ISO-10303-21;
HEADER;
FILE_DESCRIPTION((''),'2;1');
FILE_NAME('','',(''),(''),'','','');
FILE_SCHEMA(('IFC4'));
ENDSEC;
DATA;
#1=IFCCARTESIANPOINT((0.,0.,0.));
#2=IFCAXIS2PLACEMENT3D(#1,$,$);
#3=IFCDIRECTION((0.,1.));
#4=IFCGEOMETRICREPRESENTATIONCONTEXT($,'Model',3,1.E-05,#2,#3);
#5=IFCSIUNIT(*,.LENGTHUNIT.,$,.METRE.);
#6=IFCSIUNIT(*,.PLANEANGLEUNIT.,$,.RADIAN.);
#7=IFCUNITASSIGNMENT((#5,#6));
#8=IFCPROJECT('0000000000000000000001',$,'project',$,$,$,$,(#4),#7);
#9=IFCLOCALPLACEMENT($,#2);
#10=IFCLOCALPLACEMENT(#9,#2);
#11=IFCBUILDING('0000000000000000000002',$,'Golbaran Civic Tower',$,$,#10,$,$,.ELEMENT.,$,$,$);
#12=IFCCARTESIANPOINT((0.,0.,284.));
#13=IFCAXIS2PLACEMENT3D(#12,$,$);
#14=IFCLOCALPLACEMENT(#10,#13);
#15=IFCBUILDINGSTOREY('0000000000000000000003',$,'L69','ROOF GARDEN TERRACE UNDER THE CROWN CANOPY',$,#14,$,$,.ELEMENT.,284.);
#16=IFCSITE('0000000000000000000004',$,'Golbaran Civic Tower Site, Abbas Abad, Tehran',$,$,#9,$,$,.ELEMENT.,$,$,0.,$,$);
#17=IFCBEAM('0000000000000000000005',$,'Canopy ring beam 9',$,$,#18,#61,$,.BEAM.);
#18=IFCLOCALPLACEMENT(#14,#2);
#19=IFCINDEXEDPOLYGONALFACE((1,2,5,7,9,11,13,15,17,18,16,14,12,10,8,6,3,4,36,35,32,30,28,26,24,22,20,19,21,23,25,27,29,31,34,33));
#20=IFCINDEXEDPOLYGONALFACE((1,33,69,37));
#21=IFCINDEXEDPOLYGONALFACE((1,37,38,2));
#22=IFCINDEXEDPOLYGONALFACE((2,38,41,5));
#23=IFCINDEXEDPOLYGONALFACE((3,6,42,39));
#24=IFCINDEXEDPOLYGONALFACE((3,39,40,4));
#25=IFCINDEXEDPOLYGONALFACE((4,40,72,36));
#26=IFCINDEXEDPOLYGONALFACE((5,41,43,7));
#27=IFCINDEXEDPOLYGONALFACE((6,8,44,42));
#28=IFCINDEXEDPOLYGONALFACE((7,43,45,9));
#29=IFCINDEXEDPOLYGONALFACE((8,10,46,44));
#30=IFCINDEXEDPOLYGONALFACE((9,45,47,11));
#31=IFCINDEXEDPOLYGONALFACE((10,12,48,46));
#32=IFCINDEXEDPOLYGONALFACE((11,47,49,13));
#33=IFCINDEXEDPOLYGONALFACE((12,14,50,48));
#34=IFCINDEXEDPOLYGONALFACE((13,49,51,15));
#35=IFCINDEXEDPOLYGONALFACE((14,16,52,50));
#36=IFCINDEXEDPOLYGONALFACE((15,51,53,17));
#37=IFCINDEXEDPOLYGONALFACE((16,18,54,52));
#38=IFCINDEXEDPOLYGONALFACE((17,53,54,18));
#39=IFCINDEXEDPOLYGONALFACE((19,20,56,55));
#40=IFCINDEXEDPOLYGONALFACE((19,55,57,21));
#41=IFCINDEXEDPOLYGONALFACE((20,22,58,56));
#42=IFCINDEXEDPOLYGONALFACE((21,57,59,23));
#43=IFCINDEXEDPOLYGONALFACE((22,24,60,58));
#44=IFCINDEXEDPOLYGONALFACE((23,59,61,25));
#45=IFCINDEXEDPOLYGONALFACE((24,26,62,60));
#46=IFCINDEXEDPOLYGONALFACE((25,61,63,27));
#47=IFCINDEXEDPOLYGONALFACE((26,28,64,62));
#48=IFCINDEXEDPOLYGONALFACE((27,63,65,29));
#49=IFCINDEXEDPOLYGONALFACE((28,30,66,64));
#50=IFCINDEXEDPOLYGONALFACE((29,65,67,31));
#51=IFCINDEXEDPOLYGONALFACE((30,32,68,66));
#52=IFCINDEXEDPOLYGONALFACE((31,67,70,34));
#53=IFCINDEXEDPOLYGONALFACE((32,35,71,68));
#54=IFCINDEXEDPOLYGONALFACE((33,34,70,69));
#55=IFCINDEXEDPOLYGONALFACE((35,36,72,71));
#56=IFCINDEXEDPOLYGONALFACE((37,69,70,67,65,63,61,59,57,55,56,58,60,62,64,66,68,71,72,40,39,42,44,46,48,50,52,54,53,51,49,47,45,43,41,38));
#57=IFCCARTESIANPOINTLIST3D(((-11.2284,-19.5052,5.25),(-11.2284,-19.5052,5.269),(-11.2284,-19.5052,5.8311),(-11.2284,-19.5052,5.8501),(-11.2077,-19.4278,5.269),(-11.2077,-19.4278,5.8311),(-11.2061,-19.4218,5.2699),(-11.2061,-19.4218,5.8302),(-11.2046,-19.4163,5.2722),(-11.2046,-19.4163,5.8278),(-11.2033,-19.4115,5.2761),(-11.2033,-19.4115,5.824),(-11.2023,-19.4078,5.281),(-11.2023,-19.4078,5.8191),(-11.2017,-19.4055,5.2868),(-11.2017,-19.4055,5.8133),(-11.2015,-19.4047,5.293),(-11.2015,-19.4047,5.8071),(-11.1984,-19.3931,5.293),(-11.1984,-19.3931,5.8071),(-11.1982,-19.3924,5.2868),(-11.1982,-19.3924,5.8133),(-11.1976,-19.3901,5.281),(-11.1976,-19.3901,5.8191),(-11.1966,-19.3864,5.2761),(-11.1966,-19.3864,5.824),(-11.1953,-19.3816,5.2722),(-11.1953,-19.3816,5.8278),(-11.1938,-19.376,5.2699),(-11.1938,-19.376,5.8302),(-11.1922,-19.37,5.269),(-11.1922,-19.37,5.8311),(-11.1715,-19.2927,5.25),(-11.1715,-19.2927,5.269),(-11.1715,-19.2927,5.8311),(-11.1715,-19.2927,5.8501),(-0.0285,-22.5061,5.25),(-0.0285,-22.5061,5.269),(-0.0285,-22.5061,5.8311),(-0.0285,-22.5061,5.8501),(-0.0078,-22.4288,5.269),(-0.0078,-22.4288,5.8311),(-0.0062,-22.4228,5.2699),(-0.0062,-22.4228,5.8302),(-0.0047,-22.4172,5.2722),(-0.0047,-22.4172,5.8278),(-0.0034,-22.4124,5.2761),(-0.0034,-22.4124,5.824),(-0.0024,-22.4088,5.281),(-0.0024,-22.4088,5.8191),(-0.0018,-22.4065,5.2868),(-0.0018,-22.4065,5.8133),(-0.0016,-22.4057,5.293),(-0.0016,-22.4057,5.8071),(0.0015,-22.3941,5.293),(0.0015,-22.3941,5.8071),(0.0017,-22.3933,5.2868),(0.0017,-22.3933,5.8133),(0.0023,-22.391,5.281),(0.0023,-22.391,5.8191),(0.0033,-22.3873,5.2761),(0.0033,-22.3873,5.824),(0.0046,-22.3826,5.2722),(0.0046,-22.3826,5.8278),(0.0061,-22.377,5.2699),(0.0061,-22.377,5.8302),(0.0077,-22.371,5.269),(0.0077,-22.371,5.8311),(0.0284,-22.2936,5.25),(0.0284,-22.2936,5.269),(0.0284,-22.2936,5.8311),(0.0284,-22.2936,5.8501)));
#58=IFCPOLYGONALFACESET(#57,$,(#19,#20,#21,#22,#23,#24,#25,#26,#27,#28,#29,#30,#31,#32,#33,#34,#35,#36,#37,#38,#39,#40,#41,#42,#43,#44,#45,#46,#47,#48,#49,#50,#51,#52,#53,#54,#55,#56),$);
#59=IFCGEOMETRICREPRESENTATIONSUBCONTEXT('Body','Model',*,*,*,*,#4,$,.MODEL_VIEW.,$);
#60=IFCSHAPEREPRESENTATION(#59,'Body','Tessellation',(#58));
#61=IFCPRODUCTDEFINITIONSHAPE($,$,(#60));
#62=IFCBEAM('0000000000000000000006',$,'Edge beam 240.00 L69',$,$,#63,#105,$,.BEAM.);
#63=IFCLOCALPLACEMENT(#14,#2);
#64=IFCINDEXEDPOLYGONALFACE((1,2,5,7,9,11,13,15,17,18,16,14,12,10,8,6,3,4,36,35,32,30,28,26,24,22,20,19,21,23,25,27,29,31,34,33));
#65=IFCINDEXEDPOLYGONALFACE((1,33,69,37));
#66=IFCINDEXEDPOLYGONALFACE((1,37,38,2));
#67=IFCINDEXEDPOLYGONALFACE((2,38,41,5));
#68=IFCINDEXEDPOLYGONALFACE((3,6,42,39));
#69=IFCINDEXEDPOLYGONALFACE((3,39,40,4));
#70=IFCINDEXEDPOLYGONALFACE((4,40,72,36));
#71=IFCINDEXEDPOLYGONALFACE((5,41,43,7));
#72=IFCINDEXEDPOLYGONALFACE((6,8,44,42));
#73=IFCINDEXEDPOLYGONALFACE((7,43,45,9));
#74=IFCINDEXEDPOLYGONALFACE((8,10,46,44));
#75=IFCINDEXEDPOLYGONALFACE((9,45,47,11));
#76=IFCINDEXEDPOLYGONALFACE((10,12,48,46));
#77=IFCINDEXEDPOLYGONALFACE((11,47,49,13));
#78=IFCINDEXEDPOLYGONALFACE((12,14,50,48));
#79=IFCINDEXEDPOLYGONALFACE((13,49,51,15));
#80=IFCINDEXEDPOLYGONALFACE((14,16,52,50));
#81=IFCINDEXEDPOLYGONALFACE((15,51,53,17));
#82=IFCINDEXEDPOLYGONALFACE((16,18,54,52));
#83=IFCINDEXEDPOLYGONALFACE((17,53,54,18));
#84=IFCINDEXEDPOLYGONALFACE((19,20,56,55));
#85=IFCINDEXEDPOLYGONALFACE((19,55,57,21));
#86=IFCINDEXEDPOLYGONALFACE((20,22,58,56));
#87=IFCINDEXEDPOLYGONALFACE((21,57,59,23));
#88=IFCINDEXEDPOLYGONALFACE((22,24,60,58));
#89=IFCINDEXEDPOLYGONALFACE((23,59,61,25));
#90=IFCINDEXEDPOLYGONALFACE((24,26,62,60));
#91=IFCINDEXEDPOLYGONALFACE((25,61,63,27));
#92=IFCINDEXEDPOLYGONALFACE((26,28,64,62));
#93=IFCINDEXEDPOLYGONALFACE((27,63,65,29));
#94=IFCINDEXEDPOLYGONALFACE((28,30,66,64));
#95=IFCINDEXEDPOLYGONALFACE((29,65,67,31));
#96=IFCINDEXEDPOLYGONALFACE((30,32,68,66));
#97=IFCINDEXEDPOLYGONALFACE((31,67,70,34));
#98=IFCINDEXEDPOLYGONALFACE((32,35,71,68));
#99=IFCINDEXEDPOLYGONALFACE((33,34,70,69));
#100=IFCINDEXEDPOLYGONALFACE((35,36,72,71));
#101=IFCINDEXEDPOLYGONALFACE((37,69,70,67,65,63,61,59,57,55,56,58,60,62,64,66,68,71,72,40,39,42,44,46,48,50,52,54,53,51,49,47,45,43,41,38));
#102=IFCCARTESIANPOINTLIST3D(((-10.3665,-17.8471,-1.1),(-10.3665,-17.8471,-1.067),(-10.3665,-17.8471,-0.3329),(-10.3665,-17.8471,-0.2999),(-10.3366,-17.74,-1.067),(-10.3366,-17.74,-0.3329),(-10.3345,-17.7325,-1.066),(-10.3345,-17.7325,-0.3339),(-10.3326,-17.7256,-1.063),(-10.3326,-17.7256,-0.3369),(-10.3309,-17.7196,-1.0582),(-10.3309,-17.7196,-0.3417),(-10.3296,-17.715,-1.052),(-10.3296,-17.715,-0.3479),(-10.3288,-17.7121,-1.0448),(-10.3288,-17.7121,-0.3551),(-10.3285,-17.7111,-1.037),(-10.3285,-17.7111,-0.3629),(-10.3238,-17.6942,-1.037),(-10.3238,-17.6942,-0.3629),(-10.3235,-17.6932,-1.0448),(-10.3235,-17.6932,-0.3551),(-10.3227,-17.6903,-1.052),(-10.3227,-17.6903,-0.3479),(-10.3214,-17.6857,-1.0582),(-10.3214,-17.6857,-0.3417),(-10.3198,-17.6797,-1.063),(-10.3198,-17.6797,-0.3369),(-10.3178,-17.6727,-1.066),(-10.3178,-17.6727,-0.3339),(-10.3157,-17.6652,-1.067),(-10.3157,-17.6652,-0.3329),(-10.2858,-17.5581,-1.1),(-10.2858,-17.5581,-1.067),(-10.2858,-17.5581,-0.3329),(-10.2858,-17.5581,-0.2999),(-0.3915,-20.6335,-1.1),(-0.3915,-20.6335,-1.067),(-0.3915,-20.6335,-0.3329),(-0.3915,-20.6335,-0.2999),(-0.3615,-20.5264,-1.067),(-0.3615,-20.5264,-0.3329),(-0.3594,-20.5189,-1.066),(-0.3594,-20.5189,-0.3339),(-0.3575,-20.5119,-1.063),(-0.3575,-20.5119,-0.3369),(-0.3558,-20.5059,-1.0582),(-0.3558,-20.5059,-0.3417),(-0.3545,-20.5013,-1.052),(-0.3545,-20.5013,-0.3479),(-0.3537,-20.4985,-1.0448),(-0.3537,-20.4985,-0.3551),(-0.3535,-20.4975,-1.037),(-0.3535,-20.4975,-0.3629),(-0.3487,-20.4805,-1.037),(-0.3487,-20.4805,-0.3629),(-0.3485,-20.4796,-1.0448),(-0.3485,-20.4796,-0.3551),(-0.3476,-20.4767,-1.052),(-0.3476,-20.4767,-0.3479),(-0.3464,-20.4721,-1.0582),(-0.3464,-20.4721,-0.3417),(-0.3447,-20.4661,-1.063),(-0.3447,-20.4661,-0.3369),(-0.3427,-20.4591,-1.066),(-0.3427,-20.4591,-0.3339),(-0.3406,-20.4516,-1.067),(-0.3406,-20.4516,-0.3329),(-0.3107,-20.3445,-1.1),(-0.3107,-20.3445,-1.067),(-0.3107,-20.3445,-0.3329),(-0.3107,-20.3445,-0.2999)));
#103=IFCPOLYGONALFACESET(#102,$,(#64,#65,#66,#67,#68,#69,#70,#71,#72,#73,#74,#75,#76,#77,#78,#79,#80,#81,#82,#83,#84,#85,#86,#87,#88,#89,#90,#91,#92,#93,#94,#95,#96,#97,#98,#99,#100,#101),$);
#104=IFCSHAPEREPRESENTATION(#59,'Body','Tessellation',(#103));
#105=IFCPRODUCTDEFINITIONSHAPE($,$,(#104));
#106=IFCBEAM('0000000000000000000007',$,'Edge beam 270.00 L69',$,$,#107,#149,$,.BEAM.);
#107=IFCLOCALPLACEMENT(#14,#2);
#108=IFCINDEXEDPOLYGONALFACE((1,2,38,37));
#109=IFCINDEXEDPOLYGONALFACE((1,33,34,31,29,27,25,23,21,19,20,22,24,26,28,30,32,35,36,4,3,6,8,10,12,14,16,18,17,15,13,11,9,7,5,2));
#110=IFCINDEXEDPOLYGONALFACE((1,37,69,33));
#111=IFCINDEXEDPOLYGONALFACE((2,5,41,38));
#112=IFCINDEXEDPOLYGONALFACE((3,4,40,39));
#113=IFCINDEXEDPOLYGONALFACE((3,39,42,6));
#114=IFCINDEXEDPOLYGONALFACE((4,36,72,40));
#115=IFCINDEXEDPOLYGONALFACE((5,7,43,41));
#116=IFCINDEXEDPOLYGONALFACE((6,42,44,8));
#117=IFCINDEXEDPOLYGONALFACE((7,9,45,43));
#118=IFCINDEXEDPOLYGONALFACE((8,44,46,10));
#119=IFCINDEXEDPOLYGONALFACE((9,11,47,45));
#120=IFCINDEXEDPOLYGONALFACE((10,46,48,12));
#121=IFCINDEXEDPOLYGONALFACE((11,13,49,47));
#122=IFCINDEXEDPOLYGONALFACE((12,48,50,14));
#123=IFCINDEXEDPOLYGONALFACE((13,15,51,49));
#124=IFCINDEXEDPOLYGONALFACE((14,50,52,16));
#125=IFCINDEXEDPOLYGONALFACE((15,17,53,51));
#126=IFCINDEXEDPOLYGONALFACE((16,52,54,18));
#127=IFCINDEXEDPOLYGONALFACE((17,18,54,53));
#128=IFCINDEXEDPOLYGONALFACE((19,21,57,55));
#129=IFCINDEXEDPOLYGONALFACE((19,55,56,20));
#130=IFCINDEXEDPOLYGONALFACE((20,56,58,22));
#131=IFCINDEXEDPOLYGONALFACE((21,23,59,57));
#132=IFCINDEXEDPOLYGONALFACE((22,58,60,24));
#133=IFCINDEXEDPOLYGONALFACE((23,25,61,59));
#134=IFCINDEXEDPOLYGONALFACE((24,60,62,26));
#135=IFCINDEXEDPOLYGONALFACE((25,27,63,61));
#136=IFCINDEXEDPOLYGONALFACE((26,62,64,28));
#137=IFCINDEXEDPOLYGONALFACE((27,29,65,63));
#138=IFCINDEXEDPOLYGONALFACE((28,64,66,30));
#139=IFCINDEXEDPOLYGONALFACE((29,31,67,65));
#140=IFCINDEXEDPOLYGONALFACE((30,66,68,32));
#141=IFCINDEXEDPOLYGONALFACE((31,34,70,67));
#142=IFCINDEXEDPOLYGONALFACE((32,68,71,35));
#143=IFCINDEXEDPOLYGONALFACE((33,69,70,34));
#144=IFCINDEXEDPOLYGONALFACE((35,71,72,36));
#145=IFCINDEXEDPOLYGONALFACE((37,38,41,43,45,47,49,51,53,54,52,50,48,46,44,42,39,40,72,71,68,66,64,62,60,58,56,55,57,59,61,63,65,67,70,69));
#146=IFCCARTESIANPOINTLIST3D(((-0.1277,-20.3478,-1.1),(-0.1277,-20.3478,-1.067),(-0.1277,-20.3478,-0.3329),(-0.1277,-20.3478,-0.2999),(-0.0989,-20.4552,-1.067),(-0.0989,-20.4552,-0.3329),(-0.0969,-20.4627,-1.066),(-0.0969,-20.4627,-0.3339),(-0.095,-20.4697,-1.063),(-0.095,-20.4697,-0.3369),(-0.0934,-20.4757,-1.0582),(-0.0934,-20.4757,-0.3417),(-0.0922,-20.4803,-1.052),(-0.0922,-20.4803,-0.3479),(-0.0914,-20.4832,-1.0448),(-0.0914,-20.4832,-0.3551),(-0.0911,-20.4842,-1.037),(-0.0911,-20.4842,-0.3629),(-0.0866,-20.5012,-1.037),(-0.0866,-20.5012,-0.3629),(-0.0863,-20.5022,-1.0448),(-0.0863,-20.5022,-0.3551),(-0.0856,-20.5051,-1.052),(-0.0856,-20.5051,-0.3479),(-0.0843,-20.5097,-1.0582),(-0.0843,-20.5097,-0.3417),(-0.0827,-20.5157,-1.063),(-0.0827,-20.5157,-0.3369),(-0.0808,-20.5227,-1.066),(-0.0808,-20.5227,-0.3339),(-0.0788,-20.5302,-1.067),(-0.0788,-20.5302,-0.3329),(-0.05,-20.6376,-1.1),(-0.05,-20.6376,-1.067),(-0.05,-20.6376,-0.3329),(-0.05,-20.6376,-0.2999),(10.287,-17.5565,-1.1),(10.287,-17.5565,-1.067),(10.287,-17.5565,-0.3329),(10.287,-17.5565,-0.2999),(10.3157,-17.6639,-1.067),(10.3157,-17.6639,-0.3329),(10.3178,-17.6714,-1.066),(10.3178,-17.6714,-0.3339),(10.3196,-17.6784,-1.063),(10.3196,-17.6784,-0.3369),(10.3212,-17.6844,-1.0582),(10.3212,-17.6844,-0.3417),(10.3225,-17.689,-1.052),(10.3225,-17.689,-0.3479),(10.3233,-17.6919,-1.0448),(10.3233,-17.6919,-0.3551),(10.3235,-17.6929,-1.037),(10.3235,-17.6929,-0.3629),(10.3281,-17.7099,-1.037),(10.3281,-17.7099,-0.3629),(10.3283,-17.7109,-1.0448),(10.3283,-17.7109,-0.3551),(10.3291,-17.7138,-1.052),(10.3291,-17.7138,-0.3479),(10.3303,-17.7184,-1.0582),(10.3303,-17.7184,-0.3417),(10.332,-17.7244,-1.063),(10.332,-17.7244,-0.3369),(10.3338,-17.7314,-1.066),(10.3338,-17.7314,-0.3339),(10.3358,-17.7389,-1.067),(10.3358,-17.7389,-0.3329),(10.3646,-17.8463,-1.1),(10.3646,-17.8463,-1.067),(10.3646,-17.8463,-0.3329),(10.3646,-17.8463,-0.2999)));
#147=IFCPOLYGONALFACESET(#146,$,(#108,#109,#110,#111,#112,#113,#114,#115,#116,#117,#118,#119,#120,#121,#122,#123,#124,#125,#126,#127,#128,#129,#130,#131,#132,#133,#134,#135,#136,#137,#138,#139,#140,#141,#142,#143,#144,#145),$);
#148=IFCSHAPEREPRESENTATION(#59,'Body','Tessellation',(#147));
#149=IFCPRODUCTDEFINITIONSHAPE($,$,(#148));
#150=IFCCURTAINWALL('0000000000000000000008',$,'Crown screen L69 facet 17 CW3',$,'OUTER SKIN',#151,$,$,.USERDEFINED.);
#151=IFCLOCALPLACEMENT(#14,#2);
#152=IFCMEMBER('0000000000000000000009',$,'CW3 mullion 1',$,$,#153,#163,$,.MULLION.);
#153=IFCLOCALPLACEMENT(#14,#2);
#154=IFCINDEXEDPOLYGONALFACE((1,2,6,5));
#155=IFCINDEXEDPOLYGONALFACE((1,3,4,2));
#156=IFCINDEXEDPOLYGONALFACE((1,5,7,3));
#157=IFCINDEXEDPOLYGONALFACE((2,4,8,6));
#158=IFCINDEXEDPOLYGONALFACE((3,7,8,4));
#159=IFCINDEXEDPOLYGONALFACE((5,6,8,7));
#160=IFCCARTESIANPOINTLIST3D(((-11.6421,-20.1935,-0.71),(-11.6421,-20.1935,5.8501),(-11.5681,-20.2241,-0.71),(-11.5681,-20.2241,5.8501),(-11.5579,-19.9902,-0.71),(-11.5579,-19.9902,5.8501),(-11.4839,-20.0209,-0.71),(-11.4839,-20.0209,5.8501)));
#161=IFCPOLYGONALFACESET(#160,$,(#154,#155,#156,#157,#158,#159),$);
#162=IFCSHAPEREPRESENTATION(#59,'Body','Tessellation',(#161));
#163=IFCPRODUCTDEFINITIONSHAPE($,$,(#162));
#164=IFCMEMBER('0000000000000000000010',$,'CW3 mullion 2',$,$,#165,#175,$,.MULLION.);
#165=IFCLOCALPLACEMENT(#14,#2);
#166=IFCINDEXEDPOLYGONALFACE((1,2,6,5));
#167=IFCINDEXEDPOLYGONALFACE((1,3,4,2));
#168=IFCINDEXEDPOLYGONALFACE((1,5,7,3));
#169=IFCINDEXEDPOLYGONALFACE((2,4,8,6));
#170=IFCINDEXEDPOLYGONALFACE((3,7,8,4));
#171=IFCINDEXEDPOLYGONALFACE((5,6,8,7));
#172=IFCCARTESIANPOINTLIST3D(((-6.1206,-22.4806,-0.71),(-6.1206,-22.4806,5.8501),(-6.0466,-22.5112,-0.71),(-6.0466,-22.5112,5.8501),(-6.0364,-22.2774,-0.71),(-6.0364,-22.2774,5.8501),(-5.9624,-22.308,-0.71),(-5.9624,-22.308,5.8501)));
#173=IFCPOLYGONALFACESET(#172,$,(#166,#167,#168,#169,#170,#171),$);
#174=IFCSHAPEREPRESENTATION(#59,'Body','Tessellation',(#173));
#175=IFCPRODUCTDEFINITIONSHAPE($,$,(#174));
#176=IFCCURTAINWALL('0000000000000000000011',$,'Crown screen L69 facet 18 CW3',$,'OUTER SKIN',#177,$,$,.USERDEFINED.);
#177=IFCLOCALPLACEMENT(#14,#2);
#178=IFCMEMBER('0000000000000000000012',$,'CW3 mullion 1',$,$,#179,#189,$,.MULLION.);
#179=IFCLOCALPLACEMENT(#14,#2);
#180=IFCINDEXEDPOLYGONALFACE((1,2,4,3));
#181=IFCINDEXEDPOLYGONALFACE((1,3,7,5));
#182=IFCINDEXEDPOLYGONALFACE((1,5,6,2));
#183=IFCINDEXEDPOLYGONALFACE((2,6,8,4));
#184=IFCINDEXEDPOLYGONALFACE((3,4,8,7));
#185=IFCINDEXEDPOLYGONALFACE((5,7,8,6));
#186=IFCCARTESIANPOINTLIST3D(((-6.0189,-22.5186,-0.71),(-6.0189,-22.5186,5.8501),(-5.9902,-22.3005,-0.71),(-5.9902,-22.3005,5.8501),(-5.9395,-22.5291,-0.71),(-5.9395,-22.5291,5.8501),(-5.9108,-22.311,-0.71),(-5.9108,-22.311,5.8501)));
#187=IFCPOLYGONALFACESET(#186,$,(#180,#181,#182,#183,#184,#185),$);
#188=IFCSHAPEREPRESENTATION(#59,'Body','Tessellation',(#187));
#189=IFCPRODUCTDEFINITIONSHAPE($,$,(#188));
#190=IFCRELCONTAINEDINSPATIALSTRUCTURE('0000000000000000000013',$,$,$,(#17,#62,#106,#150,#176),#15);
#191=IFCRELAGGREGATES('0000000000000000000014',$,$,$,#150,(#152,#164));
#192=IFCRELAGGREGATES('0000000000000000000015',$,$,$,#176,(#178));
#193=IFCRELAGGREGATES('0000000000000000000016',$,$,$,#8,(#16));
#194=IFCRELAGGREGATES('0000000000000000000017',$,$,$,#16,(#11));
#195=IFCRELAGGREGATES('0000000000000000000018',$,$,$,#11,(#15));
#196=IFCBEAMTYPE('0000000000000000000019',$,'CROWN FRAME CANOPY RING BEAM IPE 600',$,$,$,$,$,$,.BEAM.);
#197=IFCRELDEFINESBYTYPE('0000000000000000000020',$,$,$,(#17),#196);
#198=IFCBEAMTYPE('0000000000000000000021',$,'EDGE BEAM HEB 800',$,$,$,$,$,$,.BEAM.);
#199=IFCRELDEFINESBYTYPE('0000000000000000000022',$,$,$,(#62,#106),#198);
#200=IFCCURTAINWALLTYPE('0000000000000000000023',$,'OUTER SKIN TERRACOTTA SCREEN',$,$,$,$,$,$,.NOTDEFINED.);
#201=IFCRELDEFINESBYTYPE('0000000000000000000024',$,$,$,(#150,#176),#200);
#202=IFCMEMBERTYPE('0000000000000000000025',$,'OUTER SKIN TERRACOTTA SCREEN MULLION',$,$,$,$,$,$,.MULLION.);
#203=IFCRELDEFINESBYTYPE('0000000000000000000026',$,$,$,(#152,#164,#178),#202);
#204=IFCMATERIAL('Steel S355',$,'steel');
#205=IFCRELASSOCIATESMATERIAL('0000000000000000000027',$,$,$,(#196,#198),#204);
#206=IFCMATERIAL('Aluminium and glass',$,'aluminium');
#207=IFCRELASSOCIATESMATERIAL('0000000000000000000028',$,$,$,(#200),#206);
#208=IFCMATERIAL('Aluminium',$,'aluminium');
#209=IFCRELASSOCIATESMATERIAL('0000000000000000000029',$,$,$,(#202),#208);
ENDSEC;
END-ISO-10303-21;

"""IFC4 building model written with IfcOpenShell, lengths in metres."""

from ifc_helpers import new_model, si_unit, direction, frame, origin, origin_2d, place, context, subcontext, project, spatial, rectangle, i_section, extrude, material, material_profile, profile_set, type_object, element, aggregate, save


model = new_model("IFC4")

# Units and contexts
model_context = context("Model", 3, precision=1e-05, world=origin(), true_north=direction((0.0, 1.0)))
body_context = subcontext(model_context, "Body", "Model", "MODEL_VIEW")
ifc_project = project(units=[si_unit("LENGTHUNIT", "METRE"), si_unit("PLANEANGLEUNIT", "RADIAN")], contexts=[model_context])

# Site, building, storey
site_placement = place(None, origin())
site = spatial("IfcSite", under=ifc_project, at=site_placement, Name="Golbaran Civic Tower Site, Abbas Abad, Tehran", CompositionType="ELEMENT", RefElevation=0.0)
building_placement = place(site_placement, origin())
building = spatial("IfcBuilding", under=site, at=building_placement, Name="Golbaran Civic Tower", CompositionType="ELEMENT")
storey_placement = place(building_placement, frame((0.0, 0.0, 284.0)))
storey = spatial("IfcBuildingStorey", under=building, at=storey_placement, Name="L69", Description="ROOF GARDEN TERRACE UNDER THE CROWN CANOPY", CompositionType="ELEMENT", Elevation=284.0)

# Shared definitions
ifc_material_1 = material(Name="Steel S355", Category="steel")

# Beams
ifc_material_profile_1 = material_profile(ifc_material_1, i_section(OverallWidth=0.22, OverallDepth=0.6001, WebThickness=0.012, FlangeThickness=0.019, FilletRadius=0.0239, at=origin_2d()), Name="IPE 600")
ifc_profile_set_1 = profile_set([ifc_material_profile_1], Name="Steel S355")
beam_type_1 = type_object("IfcBeamType", Name="CROWN FRAME CANOPY RING BEAM IPE 600", PredefinedType="BEAM", material=ifc_profile_set_1)
beam_1_placement = place(storey_placement, frame((-11.2, -19.3989, 5.55), z_axis=(0.965927, -0.258816, 0.0), x_axis=(0.258816, 0.965927, 0.0)))
element("IfcBeam", 1, at=beam_1_placement, inside=storey, type_object=beam_type_1, Name="Canopy ring beam 9", PredefinedType="BEAM", context=body_context, shape_type="SweptSolid", body=[
    extrude(i_section(OverallWidth=0.22, OverallDepth=0.6001, WebThickness=0.012, FlangeThickness=0.019, FilletRadius=0.0239, at=origin_2d()), origin(), (0.0, 0.0, 1.0), 11.595),
])
ifc_material_profile_2 = material_profile(ifc_material_1, i_section(OverallWidth=0.3, OverallDepth=0.8, WebThickness=0.0176, FlangeThickness=0.033, FilletRadius=0.03, at=origin_2d()), Name="HEB 800")
ifc_profile_set_2 = profile_set([ifc_material_profile_2], Name="Steel S355")
beam_type_2 = type_object("IfcBeamType", Name="EDGE BEAM HEB 800", PredefinedType="BEAM", material=ifc_profile_set_2)
beam_2_placement = place(storey_placement, frame((-10.3262, -17.7026, -0.7), z_axis=(0.963131, -0.269034, 0.0), x_axis=(0.269034, 0.963131, 0.0)))
element("IfcBeam", 2, at=beam_2_placement, inside=storey, type_object=beam_type_2, Name="Edge beam 240.00 L69", PredefinedType="BEAM", context=body_context, shape_type="SweptSolid", body=[
    extrude(i_section(OverallWidth=0.3, OverallDepth=0.8, WebThickness=0.0176, FlangeThickness=0.033, FilletRadius=0.03, at=origin_2d()), origin(), (0.0, 0.0, 1.0), 10.3569),
])
beam_3_placement = place(storey_placement, frame((-0.0889, -20.4927, -0.7), z_axis=(0.96591, 0.258879, 0.0), x_axis=(-0.258879, 0.96591, 0.0)))
element("IfcBeam", 3, at=beam_3_placement, inside=storey, type_object=beam_type_2, Name="Edge beam 270.00 L69", PredefinedType="BEAM", context=body_context, shape_type="SweptSolid", body=[
    extrude(i_section(OverallWidth=0.3, OverallDepth=0.8, WebThickness=0.0176, FlangeThickness=0.033, FilletRadius=0.03, at=origin_2d()), origin(), (0.0, 0.0, 1.0), 10.7822),
])

# Curtain walls, members
ifc_material_2 = material(Name="Aluminium and glass", Category="aluminium")
curtain_wall_type = type_object("IfcCurtainWallType", Name="OUTER SKIN TERRACOTTA SCREEN", PredefinedType="NOTDEFINED", material=ifc_material_2)
curtain_wall_1_placement = place(storey_placement, origin())
curtain_wall_1 = element("IfcCurtainWall", 4, at=curtain_wall_1_placement, inside=storey, type_object=curtain_wall_type, Name="Crown screen L69 facet 17 CW3", ObjectType="OUTER SKIN", PredefinedType="USERDEFINED")
ifc_material_3 = material(Name="Aluminium", Category="aluminium")
ifc_material_profile_3 = material_profile(ifc_material_3, rectangle(XDim=0.22, YDim=0.0801, at=origin_2d()), Name="OUTER SKIN TERRACOTTA SCREEN MULLION")
ifc_profile_set_3 = profile_set([ifc_material_profile_3], Name="Aluminium")
member_type_1 = type_object("IfcMemberType", Name="OUTER SKIN TERRACOTTA SCREEN MULLION", PredefinedType="MULLION", material=ifc_profile_set_3)
member_1_placement = place(storey_placement, frame((-11.563, -20.1072, -0.71), z_axis=(0.0, 0.0, 1.0), x_axis=(0.382683, 0.92388, 0.0)))
member_1 = element("IfcMember", 5, at=member_1_placement, type_object=member_type_1, Name="CW3 mullion 1", PredefinedType="MULLION", context=body_context, shape_type="SweptSolid", body=[
    extrude(rectangle(XDim=0.22, YDim=0.0801, at=origin_2d()), origin(), (0.0, 0.0, 1.0), 6.5601),
])
member_2_placement = place(storey_placement, frame((-6.0415, -22.3943, -0.71), z_axis=(0.0, 0.0, 1.0), x_axis=(0.382683, 0.92388, 0.0)))
member_2 = element("IfcMember", 6, at=member_2_placement, type_object=member_type_1, Name="CW3 mullion 2", PredefinedType="MULLION", context=body_context, shape_type="SweptSolid", body=[
    extrude(rectangle(XDim=0.22, YDim=0.0801, at=origin_2d()), origin(), (0.0, 0.0, 1.0), 6.5601),
])
curtain_wall_2_placement = place(storey_placement, origin())
curtain_wall_2 = element("IfcCurtainWall", 7, at=curtain_wall_2_placement, inside=storey, type_object=curtain_wall_type, Name="Crown screen L69 facet 18 CW3", ObjectType="OUTER SKIN", PredefinedType="USERDEFINED")
member_3_placement = place(storey_placement, frame((-5.9648, -22.4148, -0.71), z_axis=(0.0, 0.0, 1.0), x_axis=(0.130526, 0.991445, 0.0)))
member_3 = element("IfcMember", 8, at=member_3_placement, type_object=member_type_1, Name="CW3 mullion 1", PredefinedType="MULLION", context=body_context, shape_type="SweptSolid", body=[
    extrude(rectangle(XDim=0.22, YDim=0.0801, at=origin_2d()), origin(), (0.0, 0.0, 1.0), 6.5601),
])

aggregate(curtain_wall_1, [member_1, member_2])
aggregate(curtain_wall_2, [member_3])

save(model, "model.ifc")
